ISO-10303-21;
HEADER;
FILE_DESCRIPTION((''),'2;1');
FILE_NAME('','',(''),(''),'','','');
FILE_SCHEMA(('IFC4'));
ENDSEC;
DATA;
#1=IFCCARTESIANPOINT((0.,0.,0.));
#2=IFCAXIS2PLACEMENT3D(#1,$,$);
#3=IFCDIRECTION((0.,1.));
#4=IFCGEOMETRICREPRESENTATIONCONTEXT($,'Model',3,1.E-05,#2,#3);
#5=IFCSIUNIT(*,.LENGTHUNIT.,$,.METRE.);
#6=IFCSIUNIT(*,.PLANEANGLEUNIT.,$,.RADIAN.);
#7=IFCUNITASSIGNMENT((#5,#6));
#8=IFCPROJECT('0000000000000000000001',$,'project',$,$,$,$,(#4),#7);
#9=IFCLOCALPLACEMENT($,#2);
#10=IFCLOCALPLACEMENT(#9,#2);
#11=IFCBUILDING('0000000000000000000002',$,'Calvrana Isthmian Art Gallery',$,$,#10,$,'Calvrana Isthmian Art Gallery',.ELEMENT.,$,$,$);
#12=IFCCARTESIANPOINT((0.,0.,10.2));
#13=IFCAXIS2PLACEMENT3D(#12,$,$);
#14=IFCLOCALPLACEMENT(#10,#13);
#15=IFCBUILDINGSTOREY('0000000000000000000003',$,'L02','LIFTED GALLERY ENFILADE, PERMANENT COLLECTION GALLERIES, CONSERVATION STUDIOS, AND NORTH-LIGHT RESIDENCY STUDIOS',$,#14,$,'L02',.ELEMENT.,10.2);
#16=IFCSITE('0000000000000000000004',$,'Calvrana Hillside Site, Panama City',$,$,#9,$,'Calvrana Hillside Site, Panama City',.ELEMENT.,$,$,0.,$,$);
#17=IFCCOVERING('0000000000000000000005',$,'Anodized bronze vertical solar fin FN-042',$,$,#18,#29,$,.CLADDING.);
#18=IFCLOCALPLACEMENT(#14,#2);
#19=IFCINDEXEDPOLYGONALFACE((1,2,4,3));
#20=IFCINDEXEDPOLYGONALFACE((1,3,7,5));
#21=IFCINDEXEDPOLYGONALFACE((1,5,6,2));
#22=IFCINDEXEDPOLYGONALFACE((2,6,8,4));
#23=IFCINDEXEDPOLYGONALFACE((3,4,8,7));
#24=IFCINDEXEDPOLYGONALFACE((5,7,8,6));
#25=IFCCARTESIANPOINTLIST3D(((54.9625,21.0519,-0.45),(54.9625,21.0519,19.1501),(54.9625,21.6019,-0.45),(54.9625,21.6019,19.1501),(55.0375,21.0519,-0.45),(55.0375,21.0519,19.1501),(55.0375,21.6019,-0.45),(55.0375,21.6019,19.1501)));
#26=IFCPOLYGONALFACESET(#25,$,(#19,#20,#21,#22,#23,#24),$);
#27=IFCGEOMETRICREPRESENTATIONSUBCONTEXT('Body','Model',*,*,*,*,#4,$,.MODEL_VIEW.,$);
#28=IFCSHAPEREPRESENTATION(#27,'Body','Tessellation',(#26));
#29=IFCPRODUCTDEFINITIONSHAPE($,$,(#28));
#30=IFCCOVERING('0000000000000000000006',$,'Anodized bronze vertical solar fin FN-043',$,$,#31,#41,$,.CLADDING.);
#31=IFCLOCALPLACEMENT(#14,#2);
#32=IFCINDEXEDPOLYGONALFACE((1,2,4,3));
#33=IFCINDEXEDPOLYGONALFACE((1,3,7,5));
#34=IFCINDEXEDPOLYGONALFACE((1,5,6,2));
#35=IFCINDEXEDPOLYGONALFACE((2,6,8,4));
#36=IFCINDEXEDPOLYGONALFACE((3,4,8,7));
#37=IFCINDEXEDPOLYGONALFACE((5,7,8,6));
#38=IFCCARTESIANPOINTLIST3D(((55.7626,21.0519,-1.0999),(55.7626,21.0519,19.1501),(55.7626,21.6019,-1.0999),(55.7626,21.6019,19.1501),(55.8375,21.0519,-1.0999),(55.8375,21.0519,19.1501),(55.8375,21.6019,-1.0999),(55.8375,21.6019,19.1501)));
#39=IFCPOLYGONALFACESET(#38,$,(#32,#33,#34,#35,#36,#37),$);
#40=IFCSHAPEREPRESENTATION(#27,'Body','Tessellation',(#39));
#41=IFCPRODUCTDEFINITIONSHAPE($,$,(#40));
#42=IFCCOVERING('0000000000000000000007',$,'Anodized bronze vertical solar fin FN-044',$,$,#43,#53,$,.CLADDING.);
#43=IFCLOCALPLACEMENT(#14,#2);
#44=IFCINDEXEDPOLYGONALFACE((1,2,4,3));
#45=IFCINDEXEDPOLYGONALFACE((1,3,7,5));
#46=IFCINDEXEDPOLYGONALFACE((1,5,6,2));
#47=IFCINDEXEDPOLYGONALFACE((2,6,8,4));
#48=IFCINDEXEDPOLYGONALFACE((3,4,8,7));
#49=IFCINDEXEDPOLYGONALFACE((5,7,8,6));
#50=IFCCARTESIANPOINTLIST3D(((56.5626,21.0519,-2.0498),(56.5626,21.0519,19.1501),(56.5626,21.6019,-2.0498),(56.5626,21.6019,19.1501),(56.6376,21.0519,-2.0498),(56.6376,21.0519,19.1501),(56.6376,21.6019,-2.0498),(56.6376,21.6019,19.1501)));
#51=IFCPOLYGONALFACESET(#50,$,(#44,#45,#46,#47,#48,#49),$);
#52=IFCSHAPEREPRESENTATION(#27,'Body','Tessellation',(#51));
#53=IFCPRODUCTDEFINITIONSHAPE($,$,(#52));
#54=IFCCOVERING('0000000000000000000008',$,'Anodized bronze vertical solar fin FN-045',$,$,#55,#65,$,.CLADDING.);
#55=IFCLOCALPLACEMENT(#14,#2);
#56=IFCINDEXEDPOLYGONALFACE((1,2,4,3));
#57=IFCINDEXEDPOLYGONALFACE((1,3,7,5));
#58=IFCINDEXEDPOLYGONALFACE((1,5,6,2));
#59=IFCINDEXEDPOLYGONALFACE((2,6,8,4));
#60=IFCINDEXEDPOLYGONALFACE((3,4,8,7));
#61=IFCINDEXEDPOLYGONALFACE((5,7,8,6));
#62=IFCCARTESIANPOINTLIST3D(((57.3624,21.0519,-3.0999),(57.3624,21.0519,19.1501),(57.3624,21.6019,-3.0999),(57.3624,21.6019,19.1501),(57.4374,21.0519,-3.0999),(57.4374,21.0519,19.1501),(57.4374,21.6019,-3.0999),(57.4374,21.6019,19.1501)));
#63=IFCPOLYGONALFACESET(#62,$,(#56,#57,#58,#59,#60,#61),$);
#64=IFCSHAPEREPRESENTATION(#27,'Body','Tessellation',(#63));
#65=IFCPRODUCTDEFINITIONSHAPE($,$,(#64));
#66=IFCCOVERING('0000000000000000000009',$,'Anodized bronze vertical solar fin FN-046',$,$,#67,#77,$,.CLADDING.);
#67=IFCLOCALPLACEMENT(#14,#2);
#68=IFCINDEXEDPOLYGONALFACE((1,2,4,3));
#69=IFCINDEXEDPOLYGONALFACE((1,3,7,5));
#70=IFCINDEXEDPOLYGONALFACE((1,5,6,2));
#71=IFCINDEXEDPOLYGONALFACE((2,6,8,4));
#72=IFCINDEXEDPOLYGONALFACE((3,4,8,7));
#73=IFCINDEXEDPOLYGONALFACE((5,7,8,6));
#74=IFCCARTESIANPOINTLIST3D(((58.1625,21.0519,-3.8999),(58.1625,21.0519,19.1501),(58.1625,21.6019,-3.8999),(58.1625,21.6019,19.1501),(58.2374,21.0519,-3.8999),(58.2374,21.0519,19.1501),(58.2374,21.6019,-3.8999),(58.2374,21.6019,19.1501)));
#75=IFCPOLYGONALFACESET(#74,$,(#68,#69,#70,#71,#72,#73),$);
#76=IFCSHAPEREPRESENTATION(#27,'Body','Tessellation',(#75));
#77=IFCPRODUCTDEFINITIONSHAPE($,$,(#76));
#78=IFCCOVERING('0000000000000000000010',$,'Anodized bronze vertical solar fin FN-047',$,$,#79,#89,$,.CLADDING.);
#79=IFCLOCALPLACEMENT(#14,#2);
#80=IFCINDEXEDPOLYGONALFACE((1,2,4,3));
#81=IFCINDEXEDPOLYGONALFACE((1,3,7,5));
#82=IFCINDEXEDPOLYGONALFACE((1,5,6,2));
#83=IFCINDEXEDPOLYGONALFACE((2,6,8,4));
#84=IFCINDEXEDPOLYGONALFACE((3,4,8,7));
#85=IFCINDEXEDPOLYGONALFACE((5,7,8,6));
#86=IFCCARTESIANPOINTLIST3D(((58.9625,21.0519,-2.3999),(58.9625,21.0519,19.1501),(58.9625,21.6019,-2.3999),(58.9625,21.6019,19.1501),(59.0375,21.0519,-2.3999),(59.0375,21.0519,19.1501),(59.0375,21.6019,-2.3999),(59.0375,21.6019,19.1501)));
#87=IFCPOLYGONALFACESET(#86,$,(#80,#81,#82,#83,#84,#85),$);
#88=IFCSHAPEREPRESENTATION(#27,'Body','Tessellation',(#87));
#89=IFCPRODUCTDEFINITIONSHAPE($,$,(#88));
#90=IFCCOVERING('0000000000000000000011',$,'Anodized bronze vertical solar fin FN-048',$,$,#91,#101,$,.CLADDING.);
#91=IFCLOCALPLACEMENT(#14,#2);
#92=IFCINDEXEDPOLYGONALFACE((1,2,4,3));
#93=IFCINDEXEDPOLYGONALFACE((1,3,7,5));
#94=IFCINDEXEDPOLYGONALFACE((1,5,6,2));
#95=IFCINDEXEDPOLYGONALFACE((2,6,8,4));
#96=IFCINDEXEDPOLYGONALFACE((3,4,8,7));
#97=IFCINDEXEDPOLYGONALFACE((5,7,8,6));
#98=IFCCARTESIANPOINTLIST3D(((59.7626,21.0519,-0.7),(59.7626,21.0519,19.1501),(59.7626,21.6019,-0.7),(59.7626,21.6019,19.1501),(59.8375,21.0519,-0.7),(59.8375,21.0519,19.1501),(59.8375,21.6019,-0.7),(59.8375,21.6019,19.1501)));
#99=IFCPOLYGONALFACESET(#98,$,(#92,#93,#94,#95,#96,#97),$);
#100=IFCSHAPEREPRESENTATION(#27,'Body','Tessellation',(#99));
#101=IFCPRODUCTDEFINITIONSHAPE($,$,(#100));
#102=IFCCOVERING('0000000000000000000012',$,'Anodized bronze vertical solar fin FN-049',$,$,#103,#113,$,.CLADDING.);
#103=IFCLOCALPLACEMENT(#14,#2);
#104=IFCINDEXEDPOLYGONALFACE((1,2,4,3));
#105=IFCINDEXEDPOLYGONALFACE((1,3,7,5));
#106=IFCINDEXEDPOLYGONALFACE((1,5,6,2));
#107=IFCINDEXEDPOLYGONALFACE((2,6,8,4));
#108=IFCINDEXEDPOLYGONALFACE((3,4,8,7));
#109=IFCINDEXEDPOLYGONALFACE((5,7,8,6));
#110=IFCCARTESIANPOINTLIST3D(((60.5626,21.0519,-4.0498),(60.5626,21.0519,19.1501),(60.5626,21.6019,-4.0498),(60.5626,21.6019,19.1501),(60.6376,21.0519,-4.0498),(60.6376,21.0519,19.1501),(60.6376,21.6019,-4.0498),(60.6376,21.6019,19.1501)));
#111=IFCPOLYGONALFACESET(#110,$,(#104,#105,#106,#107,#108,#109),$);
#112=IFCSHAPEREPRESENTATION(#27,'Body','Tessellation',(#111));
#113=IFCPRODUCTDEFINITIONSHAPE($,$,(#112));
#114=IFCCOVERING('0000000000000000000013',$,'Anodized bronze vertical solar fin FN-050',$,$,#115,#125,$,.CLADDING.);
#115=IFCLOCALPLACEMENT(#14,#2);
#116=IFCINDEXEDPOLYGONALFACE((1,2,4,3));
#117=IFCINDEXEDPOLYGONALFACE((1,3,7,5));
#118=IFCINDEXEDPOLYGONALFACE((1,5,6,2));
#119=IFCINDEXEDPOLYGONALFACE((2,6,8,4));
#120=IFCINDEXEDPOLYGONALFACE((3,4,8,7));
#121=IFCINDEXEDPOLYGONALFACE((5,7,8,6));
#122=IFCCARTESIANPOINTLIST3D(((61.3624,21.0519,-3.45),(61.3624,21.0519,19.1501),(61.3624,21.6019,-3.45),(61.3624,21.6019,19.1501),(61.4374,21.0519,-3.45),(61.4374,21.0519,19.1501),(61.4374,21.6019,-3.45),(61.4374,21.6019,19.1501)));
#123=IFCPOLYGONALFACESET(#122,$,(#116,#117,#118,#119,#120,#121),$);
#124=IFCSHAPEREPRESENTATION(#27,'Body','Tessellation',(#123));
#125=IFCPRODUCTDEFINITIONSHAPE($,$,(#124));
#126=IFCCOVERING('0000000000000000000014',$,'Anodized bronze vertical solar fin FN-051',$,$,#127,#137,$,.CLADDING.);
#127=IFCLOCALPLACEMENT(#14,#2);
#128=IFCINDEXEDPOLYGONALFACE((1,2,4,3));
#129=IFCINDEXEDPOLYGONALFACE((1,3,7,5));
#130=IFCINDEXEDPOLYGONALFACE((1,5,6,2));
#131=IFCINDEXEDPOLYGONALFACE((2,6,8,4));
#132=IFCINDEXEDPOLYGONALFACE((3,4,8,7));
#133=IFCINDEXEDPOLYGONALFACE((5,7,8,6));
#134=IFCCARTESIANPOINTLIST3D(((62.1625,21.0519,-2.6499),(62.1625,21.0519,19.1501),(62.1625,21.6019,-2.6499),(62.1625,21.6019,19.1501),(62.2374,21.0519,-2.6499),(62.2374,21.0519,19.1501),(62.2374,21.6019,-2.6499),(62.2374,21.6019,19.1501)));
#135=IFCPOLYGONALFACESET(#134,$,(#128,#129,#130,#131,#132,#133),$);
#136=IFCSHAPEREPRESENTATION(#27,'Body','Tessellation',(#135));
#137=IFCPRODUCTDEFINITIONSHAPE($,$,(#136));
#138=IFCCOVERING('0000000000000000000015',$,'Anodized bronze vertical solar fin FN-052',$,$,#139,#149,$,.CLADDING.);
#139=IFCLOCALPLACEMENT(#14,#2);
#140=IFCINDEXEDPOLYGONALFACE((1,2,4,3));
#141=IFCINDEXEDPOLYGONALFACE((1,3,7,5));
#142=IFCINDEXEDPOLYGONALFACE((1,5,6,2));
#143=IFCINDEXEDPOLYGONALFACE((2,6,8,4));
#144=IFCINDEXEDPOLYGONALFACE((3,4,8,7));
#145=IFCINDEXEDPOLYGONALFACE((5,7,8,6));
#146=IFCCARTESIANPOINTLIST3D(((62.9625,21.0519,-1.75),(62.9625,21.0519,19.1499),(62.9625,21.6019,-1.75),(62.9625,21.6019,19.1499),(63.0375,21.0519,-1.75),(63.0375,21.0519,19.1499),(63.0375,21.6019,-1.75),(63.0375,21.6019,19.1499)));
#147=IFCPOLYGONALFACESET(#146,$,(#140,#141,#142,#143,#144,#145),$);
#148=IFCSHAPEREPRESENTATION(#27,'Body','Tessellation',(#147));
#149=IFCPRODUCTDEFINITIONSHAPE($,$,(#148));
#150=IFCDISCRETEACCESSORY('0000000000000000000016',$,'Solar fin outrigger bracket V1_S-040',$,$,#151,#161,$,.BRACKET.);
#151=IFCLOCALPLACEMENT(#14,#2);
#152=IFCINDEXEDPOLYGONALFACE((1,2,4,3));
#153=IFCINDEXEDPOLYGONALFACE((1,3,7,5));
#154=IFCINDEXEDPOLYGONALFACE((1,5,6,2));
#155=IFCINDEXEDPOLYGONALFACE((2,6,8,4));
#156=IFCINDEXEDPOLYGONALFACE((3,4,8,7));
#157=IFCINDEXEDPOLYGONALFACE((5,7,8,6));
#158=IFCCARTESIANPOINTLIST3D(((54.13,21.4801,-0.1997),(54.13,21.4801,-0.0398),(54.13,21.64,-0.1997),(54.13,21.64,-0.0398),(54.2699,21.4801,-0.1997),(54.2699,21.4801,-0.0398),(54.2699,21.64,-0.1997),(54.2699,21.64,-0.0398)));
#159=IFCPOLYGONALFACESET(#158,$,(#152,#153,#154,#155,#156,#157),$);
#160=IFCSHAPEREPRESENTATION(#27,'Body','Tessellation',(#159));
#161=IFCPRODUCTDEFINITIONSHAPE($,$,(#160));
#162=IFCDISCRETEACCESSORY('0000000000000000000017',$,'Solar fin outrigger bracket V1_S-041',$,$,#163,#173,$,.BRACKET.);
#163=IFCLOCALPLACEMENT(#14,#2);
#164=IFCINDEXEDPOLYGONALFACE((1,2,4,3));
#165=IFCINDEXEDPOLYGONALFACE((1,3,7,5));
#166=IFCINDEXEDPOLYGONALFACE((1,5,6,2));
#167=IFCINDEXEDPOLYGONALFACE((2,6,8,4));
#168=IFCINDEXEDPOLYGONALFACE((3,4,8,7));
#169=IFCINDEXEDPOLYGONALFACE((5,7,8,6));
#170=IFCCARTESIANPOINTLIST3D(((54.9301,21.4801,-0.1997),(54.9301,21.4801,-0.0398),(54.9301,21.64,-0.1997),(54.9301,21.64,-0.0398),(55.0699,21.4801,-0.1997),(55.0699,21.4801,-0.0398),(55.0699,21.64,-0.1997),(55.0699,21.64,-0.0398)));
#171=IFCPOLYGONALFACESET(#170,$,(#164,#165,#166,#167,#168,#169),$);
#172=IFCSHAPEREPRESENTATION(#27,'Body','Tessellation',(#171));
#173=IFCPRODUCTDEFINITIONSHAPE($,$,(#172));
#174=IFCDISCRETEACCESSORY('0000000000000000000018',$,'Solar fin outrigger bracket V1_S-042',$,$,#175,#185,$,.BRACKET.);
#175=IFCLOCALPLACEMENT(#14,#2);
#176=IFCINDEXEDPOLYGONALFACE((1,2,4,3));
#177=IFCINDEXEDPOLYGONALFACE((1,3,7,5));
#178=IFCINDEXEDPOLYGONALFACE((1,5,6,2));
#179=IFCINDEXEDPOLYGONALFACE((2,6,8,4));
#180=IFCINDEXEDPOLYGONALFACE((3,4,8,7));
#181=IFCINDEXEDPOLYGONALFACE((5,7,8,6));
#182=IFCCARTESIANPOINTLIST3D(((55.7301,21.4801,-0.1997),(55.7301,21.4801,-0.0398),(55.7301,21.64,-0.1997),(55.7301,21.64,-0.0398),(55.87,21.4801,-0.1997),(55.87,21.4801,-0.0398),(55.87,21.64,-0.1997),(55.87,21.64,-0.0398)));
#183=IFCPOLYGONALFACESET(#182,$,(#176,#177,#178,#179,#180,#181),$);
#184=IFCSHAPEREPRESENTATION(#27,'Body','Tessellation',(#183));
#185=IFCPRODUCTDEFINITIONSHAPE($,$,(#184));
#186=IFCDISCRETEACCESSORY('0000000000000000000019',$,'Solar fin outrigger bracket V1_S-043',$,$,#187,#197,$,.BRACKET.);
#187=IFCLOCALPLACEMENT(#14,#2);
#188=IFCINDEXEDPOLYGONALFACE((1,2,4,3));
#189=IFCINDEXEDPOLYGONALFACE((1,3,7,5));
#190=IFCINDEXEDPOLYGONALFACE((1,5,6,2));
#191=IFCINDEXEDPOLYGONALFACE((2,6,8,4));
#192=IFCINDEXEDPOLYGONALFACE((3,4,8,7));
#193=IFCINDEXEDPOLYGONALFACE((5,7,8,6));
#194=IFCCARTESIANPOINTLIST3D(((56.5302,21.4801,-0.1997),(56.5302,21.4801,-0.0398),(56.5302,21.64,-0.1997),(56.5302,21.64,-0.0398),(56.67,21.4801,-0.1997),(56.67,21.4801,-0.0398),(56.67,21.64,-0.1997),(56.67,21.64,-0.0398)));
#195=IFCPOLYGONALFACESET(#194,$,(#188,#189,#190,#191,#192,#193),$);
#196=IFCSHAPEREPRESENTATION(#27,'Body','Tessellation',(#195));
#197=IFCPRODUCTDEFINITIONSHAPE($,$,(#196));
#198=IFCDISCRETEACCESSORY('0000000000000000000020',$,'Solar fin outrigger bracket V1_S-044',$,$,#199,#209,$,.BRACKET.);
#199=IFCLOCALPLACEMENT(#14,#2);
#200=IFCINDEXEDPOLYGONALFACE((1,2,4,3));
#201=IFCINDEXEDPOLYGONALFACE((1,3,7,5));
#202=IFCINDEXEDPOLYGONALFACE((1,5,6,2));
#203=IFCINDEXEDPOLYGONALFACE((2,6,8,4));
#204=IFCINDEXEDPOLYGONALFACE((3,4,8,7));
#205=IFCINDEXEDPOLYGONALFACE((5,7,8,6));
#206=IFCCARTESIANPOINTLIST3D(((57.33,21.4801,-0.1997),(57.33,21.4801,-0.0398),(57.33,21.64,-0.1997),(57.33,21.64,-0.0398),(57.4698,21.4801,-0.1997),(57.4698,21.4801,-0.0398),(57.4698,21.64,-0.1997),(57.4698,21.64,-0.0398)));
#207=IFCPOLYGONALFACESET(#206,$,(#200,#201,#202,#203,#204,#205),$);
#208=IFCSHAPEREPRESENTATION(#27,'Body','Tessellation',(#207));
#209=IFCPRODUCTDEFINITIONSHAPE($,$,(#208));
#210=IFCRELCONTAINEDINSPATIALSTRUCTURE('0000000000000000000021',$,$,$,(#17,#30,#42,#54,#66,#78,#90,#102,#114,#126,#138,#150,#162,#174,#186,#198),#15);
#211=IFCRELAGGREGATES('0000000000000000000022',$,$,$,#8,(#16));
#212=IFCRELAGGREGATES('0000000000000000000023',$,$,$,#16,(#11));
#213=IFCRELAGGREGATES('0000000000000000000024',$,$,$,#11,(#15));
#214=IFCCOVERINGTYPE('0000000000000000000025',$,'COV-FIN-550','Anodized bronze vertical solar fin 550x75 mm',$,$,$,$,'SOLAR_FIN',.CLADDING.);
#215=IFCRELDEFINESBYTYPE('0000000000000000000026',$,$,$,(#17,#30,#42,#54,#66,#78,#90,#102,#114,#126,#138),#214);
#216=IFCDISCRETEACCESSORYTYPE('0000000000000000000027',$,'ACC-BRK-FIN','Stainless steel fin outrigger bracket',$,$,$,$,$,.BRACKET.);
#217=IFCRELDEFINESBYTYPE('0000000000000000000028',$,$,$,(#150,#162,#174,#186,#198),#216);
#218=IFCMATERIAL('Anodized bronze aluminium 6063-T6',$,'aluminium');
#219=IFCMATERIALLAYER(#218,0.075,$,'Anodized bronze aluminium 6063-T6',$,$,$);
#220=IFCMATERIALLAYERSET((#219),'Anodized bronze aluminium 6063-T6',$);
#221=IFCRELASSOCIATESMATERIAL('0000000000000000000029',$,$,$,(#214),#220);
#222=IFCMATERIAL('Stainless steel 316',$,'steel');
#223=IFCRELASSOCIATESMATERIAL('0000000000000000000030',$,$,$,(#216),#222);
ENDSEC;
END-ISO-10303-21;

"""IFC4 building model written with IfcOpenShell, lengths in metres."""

from ifc_helpers import new_model, si_unit, direction, frame, origin, origin_2d, place, context, subcontext, project, spatial, rectangle, extrude, material, layer, layer_set, type_object, element, save


model = new_model("IFC4")

# Units and contexts
model_context = context("Model", 3, precision=1e-05, world=origin(), true_north=direction((0.0, 1.0)))
body_context = subcontext(model_context, "Body", "Model", "MODEL_VIEW")
ifc_project = project(units=[si_unit("LENGTHUNIT", "METRE"), si_unit("PLANEANGLEUNIT", "RADIAN")], contexts=[model_context])

# Site, building, storey
site_placement = place(None, origin())
site = spatial("IfcSite", under=ifc_project, at=site_placement, Name="Calvrana Hillside Site, Panama City", LongName="Calvrana Hillside Site, Panama City", CompositionType="ELEMENT", RefElevation=0.0)
building_placement = place(site_placement, origin())
building = spatial("IfcBuilding", under=site, at=building_placement, Name="Calvrana Isthmian Art Gallery", LongName="Calvrana Isthmian Art Gallery", CompositionType="ELEMENT")
storey_placement = place(building_placement, frame((0.0, 0.0, 10.2)))
storey = spatial("IfcBuildingStorey", under=building, at=storey_placement, Name="L02", Description="LIFTED GALLERY ENFILADE, PERMANENT COLLECTION GALLERIES, CONSERVATION STUDIOS, AND NORTH-LIGHT RESIDENCY STUDIOS", LongName="L02", CompositionType="ELEMENT", Elevation=10.2)

# Coverings
ifc_material_1 = material(Name="Anodized bronze aluminium 6063-T6", Category="aluminium")
ifc_layer = layer(ifc_material_1, 0.075, Name="Anodized bronze aluminium 6063-T6")
ifc_layer_set = layer_set([ifc_layer], Name="Anodized bronze aluminium 6063-T6")
covering_type = type_object("IfcCoveringType", Name="COV-FIN-550", Description="Anodized bronze vertical solar fin 550x75 mm", ElementType="SOLAR_FIN", PredefinedType="CLADDING", material=ifc_layer_set)
covering_1_placement = place(storey_placement, frame((55.0, 21.3269, -0.45), z_axis=(0.0, 0.0, 1.0), x_axis=(1.0, 0.0, 0.0)))
element("IfcCovering", 1, at=covering_1_placement, inside=storey, type_object=covering_type, Name="Anodized bronze vertical solar fin FN-042", PredefinedType="CLADDING", context=body_context, shape_type="SweptSolid", body=[
    extrude(rectangle(XDim=0.075, YDim=0.55, at=origin_2d()), origin(), (0.0, 0.0, 1.0), 19.6001),
])
covering_2_placement = place(storey_placement, frame((55.8, 21.3269, -1.0999), z_axis=(0.0, 0.0, 1.0), x_axis=(1.0, 0.0, 0.0)))
element("IfcCovering", 2, at=covering_2_placement, inside=storey, type_object=covering_type, Name="Anodized bronze vertical solar fin FN-043", PredefinedType="CLADDING", context=body_context, shape_type="SweptSolid", body=[
    extrude(rectangle(XDim=0.075, YDim=0.55, at=origin_2d()), origin(), (0.0, 0.0, 1.0), 20.25),
])
covering_3_placement = place(storey_placement, frame((56.6001, 21.3269, -2.0498), z_axis=(0.0, 0.0, 1.0), x_axis=(1.0, 0.0, 0.0)))
element("IfcCovering", 3, at=covering_3_placement, inside=storey, type_object=covering_type, Name="Anodized bronze vertical solar fin FN-044", PredefinedType="CLADDING", context=body_context, shape_type="SweptSolid", body=[
    extrude(rectangle(XDim=0.075, YDim=0.55, at=origin_2d()), origin(), (0.0, 0.0, 1.0), 21.2),
])
covering_4_placement = place(storey_placement, frame((57.3999, 21.3269, -3.0999), z_axis=(0.0, 0.0, 1.0), x_axis=(1.0, 0.0, 0.0)))
element("IfcCovering", 4, at=covering_4_placement, inside=storey, type_object=covering_type, Name="Anodized bronze vertical solar fin FN-045", PredefinedType="CLADDING", context=body_context, shape_type="SweptSolid", body=[
    extrude(rectangle(XDim=0.075, YDim=0.55, at=origin_2d()), origin(), (0.0, 0.0, 1.0), 22.25),
])
covering_5_placement = place(storey_placement, frame((58.2, 21.3269, -3.8999), z_axis=(0.0, 0.0, 1.0), x_axis=(1.0, 0.0, 0.0)))
element("IfcCovering", 5, at=covering_5_placement, inside=storey, type_object=covering_type, Name="Anodized bronze vertical solar fin FN-046", PredefinedType="CLADDING", context=body_context, shape_type="SweptSolid", body=[
    extrude(rectangle(XDim=0.075, YDim=0.55, at=origin_2d()), origin(), (0.0, 0.0, 1.0), 23.05),
])
covering_6_placement = place(storey_placement, frame((59.0, 21.3269, -2.3999), z_axis=(0.0, 0.0, 1.0), x_axis=(1.0, 0.0, 0.0)))
element("IfcCovering", 6, at=covering_6_placement, inside=storey, type_object=covering_type, Name="Anodized bronze vertical solar fin FN-047", PredefinedType="CLADDING", context=body_context, shape_type="SweptSolid", body=[
    extrude(rectangle(XDim=0.075, YDim=0.55, at=origin_2d()), origin(), (0.0, 0.0, 1.0), 21.55),
])
covering_7_placement = place(storey_placement, frame((59.8, 21.3269, -0.7), z_axis=(0.0, 0.0, 1.0), x_axis=(1.0, 0.0, 0.0)))
element("IfcCovering", 7, at=covering_7_placement, inside=storey, type_object=covering_type, Name="Anodized bronze vertical solar fin FN-048", PredefinedType="CLADDING", context=body_context, shape_type="SweptSolid", body=[
    extrude(rectangle(XDim=0.075, YDim=0.55, at=origin_2d()), origin(), (0.0, 0.0, 1.0), 19.8501),
])
covering_8_placement = place(storey_placement, frame((60.6001, 21.3269, -4.0498), z_axis=(0.0, 0.0, 1.0), x_axis=(1.0, 0.0, 0.0)))
element("IfcCovering", 8, at=covering_8_placement, inside=storey, type_object=covering_type, Name="Anodized bronze vertical solar fin FN-049", PredefinedType="CLADDING", context=body_context, shape_type="SweptSolid", body=[
    extrude(rectangle(XDim=0.075, YDim=0.55, at=origin_2d()), origin(), (0.0, 0.0, 1.0), 23.2),
])
covering_9_placement = place(storey_placement, frame((61.3999, 21.3269, -3.45), z_axis=(0.0, 0.0, 1.0), x_axis=(1.0, 0.0, 0.0)))
element("IfcCovering", 9, at=covering_9_placement, inside=storey, type_object=covering_type, Name="Anodized bronze vertical solar fin FN-050", PredefinedType="CLADDING", context=body_context, shape_type="SweptSolid", body=[
    extrude(rectangle(XDim=0.075, YDim=0.55, at=origin_2d()), origin(), (0.0, 0.0, 1.0), 22.6001),
])
covering_10_placement = place(storey_placement, frame((62.2, 21.3269, -2.6499), z_axis=(0.0, 0.0, 1.0), x_axis=(1.0, 0.0, 0.0)))
element("IfcCovering", 10, at=covering_10_placement, inside=storey, type_object=covering_type, Name="Anodized bronze vertical solar fin FN-051", PredefinedType="CLADDING", context=body_context, shape_type="SweptSolid", body=[
    extrude(rectangle(XDim=0.075, YDim=0.55, at=origin_2d()), origin(), (0.0, 0.0, 1.0), 21.8),
])
covering_11_placement = place(storey_placement, frame((63.0, 21.3269, -1.75), z_axis=(0.0, 0.0, 1.0), x_axis=(1.0, 0.0, 0.0)))
element("IfcCovering", 11, at=covering_11_placement, inside=storey, type_object=covering_type, Name="Anodized bronze vertical solar fin FN-052", PredefinedType="CLADDING", context=body_context, shape_type="SweptSolid", body=[
    extrude(rectangle(XDim=0.075, YDim=0.55, at=origin_2d()), origin(), (0.0, 0.0, 1.0), 20.8999),
])

# Discrete accessories
ifc_material_2 = material(Name="Stainless steel 316", Category="steel")
discrete_accessory_type = type_object("IfcDiscreteAccessoryType", Name="ACC-BRK-FIN", Description="Stainless steel fin outrigger bracket", PredefinedType="BRACKET", material=ifc_material_2)
for number, where, z_axis, x_axis, name in (
    (12, (54.2, 21.5601, -0.1997), (0.0, 0.0, 1.0), (1.0, 0.0, 0.0), "Solar fin outrigger bracket V1_S-040"),
    (13, (55.0, 21.5601, -0.1997), (0.0, 0.0, 1.0), (1.0, 0.0, 0.0), "Solar fin outrigger bracket V1_S-041"),
    (14, (55.8, 21.5601, -0.1997), (0.0, 0.0, 1.0), (1.0, 0.0, 0.0), "Solar fin outrigger bracket V1_S-042"),
    (15, (56.6001, 21.5601, -0.1997), (0.0, 0.0, 1.0), (1.0, 0.0, 0.0), "Solar fin outrigger bracket V1_S-043"),
    (16, (57.3999, 21.5601, -0.1997), (0.0, 0.0, 1.0), (1.0, 0.0, 0.0), "Solar fin outrigger bracket V1_S-044"),
):
    element("IfcDiscreteAccessory", number, at=place(storey_placement, frame(where, z_axis=z_axis, x_axis=x_axis)), inside=storey, type_object=discrete_accessory_type, Name=name, PredefinedType="BRACKET", context=body_context, shape_type="SweptSolid", body=[
        extrude(rectangle(XDim=0.1399, YDim=0.1599, at=origin_2d()), origin(), (0.0, 0.0, 1.0), 0.1599),
    ])

save(model, "model.ifc")
